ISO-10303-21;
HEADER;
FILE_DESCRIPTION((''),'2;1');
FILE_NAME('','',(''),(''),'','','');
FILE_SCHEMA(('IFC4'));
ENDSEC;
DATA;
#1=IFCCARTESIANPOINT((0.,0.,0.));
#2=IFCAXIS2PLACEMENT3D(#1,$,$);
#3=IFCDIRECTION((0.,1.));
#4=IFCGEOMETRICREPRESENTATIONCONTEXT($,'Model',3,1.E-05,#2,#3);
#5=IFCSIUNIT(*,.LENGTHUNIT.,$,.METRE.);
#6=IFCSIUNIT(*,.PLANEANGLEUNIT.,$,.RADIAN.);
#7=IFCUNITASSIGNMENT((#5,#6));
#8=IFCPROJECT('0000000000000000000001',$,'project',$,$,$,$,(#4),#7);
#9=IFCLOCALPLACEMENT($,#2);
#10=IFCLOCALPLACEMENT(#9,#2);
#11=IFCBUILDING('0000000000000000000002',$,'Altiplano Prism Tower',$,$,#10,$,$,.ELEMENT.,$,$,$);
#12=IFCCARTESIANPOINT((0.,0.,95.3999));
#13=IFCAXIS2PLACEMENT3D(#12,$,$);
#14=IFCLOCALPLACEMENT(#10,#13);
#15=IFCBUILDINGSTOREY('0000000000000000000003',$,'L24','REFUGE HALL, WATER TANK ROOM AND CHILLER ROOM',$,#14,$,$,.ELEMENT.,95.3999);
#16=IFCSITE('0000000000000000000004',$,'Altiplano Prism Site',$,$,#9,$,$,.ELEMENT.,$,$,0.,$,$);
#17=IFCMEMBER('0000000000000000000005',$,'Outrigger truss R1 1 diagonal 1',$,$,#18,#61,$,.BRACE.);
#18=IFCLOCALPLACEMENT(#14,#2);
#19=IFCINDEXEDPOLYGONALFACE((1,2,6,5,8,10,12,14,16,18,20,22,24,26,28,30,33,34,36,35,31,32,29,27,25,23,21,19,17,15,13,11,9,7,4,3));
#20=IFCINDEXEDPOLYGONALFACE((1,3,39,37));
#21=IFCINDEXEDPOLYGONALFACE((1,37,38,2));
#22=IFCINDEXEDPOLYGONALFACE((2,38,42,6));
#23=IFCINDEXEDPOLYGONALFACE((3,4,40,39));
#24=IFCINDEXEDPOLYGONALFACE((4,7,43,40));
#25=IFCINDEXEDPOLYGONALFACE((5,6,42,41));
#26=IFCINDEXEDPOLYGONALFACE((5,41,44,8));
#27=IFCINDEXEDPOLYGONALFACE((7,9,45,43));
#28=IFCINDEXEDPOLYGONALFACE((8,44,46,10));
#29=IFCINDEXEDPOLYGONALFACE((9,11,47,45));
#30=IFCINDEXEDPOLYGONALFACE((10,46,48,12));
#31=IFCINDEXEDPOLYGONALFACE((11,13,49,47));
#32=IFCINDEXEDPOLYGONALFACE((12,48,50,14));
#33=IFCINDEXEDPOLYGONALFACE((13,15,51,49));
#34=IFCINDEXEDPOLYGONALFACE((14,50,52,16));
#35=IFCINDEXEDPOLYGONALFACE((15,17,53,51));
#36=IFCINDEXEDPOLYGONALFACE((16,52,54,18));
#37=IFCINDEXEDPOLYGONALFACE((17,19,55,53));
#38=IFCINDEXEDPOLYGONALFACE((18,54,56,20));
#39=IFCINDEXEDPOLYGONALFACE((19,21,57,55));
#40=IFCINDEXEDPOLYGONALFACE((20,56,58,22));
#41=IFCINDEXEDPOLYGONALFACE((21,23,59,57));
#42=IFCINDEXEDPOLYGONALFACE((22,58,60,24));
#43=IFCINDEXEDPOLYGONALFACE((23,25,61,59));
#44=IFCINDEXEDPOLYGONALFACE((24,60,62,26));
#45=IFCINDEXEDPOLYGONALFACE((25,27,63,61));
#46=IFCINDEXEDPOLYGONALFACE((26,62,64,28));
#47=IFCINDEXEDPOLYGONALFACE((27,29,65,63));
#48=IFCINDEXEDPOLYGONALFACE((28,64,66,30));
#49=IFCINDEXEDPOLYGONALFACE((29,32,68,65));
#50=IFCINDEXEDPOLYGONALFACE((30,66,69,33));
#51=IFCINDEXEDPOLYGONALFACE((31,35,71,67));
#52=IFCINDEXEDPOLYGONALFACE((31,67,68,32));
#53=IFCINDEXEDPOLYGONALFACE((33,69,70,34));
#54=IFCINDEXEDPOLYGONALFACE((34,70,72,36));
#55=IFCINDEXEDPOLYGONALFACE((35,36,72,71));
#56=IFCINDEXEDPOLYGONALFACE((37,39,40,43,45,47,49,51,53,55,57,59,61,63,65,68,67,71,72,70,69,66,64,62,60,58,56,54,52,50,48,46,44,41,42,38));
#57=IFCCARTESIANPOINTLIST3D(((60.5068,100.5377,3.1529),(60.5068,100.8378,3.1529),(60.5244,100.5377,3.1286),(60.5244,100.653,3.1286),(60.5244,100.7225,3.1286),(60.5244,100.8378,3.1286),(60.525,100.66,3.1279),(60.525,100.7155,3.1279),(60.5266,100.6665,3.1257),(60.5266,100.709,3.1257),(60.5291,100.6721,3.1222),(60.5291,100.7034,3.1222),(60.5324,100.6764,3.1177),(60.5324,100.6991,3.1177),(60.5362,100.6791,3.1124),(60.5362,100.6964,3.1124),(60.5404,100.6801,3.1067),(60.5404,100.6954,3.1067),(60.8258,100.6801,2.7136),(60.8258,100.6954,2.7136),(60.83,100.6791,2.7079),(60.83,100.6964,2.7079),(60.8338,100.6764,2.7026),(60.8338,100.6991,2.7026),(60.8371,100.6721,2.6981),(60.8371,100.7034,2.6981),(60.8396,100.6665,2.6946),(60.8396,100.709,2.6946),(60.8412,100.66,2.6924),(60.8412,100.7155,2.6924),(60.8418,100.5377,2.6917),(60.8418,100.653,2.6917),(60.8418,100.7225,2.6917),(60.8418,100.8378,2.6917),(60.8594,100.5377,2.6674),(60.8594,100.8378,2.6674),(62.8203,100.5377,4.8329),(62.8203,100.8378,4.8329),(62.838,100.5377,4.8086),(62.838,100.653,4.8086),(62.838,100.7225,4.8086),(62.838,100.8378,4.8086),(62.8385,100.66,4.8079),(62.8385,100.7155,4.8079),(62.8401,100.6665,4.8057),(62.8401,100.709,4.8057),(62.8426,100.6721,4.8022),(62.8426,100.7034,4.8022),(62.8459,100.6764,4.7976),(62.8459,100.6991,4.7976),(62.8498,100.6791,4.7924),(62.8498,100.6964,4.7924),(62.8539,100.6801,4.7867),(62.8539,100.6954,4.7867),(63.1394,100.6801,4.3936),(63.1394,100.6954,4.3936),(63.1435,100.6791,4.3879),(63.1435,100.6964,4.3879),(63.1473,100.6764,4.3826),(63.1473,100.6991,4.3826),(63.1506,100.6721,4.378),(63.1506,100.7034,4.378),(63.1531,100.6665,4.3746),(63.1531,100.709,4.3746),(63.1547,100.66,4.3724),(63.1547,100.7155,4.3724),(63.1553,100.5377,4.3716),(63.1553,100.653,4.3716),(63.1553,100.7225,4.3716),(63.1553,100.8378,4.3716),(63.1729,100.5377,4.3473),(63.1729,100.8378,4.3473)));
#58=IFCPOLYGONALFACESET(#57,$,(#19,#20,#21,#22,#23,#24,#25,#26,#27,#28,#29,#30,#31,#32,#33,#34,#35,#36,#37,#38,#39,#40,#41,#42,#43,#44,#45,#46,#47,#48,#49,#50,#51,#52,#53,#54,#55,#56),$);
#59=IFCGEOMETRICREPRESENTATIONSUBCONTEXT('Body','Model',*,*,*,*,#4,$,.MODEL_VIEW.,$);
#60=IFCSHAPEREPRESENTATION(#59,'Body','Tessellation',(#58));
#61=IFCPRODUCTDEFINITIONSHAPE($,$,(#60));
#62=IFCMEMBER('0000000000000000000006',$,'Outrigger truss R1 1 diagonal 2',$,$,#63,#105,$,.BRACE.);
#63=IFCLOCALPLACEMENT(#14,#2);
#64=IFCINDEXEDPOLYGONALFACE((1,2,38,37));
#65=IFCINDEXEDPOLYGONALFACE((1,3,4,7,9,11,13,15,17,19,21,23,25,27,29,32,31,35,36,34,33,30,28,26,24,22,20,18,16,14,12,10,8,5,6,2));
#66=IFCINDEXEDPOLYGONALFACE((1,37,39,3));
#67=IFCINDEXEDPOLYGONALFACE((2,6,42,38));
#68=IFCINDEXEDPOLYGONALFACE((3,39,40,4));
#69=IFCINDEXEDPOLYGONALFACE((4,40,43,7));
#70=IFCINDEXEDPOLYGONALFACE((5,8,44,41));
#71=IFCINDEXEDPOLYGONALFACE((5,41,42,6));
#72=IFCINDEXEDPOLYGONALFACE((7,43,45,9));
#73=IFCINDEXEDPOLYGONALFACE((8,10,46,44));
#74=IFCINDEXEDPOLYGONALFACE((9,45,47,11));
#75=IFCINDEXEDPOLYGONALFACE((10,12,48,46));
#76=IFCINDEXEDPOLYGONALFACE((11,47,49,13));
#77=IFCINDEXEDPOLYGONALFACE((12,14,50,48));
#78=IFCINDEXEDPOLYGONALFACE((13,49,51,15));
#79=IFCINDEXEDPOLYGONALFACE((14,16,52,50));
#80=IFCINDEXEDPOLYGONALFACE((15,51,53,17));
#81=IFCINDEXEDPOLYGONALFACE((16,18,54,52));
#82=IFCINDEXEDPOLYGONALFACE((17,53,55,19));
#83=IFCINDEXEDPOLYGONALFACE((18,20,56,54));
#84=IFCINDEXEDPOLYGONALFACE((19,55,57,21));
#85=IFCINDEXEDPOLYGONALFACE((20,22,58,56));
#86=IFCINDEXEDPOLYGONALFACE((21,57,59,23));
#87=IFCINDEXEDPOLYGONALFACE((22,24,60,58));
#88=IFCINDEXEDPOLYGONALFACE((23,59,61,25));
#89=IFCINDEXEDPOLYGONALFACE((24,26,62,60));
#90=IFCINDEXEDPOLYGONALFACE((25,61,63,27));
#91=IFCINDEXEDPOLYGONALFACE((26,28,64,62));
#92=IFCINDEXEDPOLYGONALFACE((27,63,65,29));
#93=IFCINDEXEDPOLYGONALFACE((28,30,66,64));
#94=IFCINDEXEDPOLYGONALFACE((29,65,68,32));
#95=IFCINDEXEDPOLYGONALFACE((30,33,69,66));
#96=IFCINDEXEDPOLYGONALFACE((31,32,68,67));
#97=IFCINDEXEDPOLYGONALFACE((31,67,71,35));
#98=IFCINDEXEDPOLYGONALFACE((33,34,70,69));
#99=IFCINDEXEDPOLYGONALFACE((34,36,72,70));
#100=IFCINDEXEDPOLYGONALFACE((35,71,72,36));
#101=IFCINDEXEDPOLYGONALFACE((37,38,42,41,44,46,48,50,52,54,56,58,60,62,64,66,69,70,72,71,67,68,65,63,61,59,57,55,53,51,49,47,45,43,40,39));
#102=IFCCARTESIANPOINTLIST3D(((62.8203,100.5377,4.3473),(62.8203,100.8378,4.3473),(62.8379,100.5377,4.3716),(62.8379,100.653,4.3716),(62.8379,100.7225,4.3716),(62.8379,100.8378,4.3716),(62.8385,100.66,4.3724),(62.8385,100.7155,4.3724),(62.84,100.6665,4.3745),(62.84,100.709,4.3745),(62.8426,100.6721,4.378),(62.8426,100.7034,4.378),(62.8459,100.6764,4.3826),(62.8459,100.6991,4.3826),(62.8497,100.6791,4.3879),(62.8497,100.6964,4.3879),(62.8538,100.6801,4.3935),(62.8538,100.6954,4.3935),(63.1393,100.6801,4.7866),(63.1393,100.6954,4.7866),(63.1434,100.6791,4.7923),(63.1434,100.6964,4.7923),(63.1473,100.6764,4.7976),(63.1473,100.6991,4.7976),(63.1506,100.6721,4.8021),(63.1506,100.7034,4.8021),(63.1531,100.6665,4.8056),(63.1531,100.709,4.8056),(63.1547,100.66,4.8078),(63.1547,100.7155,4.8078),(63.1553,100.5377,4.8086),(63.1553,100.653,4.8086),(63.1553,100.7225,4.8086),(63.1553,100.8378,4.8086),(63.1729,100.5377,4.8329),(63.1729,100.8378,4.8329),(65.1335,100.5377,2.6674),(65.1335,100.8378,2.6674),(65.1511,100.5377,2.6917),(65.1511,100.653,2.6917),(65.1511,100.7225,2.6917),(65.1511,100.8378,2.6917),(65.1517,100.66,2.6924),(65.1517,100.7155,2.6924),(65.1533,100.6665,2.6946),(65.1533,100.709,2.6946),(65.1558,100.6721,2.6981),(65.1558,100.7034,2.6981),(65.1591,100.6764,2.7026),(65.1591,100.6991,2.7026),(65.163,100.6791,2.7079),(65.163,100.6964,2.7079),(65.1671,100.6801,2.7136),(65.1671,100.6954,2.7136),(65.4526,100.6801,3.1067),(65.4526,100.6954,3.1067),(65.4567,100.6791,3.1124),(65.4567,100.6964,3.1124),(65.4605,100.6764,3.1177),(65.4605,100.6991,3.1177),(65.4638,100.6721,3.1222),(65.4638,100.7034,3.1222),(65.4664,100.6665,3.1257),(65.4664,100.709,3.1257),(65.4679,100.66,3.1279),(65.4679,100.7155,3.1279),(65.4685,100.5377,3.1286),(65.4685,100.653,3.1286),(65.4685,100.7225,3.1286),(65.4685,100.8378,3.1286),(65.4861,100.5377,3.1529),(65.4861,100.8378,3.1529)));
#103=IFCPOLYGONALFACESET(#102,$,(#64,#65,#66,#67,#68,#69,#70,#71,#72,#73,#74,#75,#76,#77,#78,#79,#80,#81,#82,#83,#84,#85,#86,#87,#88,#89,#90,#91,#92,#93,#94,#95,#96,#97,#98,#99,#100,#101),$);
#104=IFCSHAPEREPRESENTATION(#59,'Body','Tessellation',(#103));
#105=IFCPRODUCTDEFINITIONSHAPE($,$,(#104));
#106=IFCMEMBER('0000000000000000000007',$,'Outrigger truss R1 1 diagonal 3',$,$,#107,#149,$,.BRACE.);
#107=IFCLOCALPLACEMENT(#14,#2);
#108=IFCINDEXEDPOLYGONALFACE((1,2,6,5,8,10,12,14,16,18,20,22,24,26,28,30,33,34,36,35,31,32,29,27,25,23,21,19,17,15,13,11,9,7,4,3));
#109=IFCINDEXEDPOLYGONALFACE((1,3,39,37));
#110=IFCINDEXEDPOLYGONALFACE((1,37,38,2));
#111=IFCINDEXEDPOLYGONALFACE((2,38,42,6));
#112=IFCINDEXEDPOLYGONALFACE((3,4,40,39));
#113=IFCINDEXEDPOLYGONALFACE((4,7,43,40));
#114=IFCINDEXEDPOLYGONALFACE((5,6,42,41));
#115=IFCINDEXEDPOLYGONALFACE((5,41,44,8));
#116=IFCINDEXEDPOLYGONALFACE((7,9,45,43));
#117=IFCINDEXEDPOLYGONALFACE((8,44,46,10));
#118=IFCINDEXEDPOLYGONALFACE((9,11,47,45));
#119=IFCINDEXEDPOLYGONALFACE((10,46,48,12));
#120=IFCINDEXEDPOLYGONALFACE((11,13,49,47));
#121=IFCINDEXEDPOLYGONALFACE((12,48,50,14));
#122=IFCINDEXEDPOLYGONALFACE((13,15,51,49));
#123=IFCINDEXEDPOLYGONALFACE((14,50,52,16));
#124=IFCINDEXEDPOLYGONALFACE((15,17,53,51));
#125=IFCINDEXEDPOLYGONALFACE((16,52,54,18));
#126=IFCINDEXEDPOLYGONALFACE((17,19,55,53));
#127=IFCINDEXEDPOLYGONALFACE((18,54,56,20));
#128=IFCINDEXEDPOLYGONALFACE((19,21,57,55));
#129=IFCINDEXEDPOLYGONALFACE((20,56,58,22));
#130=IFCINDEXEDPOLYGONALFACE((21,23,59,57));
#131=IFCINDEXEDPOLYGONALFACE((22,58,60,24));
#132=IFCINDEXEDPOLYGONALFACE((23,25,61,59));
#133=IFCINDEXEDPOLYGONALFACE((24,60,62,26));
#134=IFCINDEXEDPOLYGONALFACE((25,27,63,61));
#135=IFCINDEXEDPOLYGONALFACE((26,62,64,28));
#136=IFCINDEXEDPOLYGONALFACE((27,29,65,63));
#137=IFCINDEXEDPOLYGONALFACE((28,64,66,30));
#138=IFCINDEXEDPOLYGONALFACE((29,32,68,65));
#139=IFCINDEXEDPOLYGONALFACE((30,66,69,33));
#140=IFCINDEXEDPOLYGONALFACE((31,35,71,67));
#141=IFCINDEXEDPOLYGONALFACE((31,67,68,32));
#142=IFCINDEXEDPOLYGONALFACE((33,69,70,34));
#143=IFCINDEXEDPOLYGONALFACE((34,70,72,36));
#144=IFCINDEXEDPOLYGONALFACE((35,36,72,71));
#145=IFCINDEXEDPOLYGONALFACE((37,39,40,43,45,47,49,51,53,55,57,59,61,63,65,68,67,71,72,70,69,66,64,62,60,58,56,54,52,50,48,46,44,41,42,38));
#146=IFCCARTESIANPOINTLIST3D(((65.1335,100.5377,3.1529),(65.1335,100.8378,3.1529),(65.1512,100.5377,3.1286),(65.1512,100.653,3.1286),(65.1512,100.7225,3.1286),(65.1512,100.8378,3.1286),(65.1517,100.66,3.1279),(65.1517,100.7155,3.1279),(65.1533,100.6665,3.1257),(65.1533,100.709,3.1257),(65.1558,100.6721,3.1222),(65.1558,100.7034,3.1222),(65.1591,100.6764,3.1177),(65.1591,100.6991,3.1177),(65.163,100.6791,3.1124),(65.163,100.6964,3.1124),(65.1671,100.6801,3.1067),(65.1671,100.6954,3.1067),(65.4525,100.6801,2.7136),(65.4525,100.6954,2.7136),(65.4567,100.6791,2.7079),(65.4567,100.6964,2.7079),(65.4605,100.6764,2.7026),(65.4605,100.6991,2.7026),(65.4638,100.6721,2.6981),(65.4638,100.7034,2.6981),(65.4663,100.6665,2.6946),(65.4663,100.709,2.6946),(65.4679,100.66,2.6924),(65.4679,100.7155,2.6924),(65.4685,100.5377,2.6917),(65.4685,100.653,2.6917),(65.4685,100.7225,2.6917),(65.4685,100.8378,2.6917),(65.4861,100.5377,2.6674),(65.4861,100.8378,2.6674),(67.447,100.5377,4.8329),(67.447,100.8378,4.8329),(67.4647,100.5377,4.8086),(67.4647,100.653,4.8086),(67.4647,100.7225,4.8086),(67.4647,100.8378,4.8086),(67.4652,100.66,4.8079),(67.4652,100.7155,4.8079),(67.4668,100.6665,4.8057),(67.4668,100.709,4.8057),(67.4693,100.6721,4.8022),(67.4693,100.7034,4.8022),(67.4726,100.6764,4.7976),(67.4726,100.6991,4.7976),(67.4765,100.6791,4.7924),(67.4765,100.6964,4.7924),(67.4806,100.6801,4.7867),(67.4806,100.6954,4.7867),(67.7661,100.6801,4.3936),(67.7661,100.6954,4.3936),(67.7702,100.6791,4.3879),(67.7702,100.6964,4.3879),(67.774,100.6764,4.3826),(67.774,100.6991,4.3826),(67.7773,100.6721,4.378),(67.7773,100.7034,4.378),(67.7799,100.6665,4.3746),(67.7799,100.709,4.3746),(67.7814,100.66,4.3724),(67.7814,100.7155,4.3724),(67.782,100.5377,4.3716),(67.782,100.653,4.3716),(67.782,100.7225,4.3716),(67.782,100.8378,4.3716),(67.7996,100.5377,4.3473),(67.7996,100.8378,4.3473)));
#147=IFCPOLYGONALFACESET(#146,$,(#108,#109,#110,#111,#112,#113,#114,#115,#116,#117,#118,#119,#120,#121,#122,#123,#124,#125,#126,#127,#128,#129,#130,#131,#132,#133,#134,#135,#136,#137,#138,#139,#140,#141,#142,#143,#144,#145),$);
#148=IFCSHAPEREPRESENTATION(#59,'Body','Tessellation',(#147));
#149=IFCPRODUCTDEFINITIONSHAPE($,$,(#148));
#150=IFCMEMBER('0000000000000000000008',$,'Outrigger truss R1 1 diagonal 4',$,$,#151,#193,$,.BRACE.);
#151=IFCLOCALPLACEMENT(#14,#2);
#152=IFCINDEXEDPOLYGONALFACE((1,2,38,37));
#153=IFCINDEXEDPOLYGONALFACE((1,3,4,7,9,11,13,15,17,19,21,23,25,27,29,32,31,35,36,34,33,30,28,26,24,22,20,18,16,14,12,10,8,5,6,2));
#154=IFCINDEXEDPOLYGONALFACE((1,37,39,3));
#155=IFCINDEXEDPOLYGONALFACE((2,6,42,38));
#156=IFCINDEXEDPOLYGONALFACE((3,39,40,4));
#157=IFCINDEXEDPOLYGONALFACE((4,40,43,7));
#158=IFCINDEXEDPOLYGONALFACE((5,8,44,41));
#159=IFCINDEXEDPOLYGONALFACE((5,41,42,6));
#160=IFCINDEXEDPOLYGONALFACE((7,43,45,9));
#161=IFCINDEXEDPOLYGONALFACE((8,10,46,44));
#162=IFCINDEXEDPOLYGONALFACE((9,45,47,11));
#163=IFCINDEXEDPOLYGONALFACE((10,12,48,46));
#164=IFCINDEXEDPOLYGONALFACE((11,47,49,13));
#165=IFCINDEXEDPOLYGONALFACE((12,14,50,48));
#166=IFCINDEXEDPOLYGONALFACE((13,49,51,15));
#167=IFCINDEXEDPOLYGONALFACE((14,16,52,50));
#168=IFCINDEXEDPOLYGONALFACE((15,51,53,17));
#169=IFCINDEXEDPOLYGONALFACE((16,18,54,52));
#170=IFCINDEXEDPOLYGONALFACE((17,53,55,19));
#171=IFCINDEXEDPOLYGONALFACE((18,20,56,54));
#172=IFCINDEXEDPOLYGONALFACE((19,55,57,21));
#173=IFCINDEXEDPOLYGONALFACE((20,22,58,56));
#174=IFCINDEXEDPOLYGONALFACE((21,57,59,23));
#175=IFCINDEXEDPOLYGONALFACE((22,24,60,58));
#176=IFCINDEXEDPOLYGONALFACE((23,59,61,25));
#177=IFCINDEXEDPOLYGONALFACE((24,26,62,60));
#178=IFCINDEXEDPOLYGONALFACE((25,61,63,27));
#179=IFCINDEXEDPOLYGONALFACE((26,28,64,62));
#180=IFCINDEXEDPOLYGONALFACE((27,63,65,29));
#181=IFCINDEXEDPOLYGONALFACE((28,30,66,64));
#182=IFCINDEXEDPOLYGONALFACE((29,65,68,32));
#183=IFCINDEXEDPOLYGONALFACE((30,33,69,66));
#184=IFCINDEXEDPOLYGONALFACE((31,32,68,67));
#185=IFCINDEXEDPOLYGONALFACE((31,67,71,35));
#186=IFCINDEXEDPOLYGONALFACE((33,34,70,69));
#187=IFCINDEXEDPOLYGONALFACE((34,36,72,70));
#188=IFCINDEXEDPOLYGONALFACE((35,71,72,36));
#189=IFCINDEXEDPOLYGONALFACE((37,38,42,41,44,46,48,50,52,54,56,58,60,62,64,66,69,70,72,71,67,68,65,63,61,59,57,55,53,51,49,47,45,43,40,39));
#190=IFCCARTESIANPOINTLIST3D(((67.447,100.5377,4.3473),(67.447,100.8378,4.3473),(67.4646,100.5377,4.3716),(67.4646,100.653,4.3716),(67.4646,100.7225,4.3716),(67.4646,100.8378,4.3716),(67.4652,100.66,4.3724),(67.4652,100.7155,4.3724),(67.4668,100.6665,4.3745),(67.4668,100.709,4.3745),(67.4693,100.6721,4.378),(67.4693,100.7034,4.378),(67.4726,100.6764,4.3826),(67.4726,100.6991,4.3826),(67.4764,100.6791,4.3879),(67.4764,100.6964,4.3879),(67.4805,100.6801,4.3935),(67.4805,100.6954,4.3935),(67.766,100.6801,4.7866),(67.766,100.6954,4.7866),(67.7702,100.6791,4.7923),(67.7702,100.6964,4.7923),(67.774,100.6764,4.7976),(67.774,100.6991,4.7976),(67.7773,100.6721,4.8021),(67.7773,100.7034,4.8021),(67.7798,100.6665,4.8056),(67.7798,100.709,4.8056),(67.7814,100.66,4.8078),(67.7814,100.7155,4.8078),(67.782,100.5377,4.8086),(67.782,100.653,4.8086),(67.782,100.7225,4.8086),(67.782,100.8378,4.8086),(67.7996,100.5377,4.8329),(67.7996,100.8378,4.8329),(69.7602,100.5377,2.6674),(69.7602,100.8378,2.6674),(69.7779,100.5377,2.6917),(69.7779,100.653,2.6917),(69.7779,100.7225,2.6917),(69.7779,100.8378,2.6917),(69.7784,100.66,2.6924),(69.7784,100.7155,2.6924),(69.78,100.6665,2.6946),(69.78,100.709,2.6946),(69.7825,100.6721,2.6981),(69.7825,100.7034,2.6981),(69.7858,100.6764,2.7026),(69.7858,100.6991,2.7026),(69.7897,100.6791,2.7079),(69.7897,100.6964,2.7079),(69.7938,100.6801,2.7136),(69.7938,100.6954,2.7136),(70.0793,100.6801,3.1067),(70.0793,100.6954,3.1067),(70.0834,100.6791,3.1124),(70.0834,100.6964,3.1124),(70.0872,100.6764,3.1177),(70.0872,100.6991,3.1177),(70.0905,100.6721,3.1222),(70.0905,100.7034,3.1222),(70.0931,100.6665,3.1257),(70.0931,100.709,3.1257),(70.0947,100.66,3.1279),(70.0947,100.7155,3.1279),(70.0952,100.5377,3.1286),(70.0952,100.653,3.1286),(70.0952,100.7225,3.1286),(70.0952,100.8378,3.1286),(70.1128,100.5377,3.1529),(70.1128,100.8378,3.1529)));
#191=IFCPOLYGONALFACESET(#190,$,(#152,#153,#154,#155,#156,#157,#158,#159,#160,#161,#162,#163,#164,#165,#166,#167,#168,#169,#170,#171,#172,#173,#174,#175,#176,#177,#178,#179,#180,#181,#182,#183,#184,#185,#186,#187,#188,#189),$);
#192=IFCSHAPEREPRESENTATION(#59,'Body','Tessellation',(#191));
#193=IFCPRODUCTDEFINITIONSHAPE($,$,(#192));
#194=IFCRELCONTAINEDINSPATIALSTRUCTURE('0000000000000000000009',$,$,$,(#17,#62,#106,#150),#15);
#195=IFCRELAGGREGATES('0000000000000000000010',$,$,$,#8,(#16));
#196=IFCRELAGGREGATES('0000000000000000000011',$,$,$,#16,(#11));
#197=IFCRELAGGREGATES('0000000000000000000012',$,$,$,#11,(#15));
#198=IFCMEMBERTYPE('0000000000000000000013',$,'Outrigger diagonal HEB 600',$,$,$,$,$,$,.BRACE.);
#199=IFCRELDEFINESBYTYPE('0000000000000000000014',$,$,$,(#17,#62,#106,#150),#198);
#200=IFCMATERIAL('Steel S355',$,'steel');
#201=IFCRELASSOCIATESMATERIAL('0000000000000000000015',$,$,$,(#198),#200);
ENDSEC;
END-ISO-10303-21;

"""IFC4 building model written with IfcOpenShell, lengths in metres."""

from ifc_helpers import new_model, si_unit, direction, frame, origin, origin_2d, place, context, subcontext, project, spatial, i_section, extrude, material, material_profile, profile_set, type_object, element, save


model = new_model("IFC4")

# Units and contexts
model_context = context("Model", 3, precision=1e-05, world=origin(), true_north=direction((0.0, 1.0)))
body_context = subcontext(model_context, "Body", "Model", "MODEL_VIEW")
ifc_project = project(units=[si_unit("LENGTHUNIT", "METRE"), si_unit("PLANEANGLEUNIT", "RADIAN")], contexts=[model_context])

# Site, building, storey
site_placement = place(None, origin())
site = spatial("IfcSite", under=ifc_project, at=site_placement, Name="Altiplano Prism Site", CompositionType="ELEMENT", RefElevation=0.0)
building_placement = place(site_placement, origin())
building = spatial("IfcBuilding", under=site, at=building_placement, Name="Altiplano Prism Tower", CompositionType="ELEMENT")
storey_placement = place(building_placement, frame((0.0, 0.0, 95.3999)))
storey = spatial("IfcBuildingStorey", under=building, at=storey_placement, Name="L24", Description="REFUGE HALL, WATER TANK ROOM AND CHILLER ROOM", CompositionType="ELEMENT", Elevation=95.3999)

# Members
ifc_material_1 = material(Name="Steel S355", Category="steel")
ifc_material_profile_1 = material_profile(ifc_material_1, i_section(OverallWidth=0.3, OverallDepth=0.6001, WebThickness=0.0154, FlangeThickness=0.03, FilletRadius=0.0271, at=origin_2d()), Name="Outrigger diagonal HEB 600")
ifc_profile_set_1 = profile_set([ifc_material_profile_1], Name="Steel S355")
member_type_1 = type_object("IfcMemberType", Name="Outrigger diagonal HEB 600", PredefinedType="BRACE", material=ifc_profile_set_1)
member_1_placement = place(storey_placement, frame((60.6831, 100.6877, 2.9102), z_axis=(0.809168, 0.0, 0.587577), x_axis=(0.0, 1.0, 0.0)))
element("IfcMember", 1, at=member_1_placement, inside=storey, type_object=member_type_1, Name="Outrigger truss R1 1 diagonal 1", PredefinedType="BRACE", context=body_context, shape_type="SweptSolid", body=[
    extrude(i_section(OverallWidth=0.3, OverallDepth=0.6001, WebThickness=0.0154, FlangeThickness=0.03, FilletRadius=0.0271, at=origin_2d()), origin(), (0.0, 0.0, 1.0), 2.8591),
])
member_2_placement = place(storey_placement, frame((62.9966, 100.6877, 4.5901), z_axis=(0.809138, 0.0, -0.587618), x_axis=(0.0, 1.0, 0.0)))
element("IfcMember", 2, at=member_2_placement, inside=storey, type_object=member_type_1, Name="Outrigger truss R1 1 diagonal 2", PredefinedType="BRACE", context=body_context, shape_type="SweptSolid", body=[
    extrude(i_section(OverallWidth=0.3, OverallDepth=0.6001, WebThickness=0.0154, FlangeThickness=0.03, FilletRadius=0.0271, at=origin_2d()), origin(), (0.0, 0.0, 1.0), 2.8589),
])
member_3_placement = place(storey_placement, frame((65.3098, 100.6877, 2.9102), z_axis=(0.809168, 0.0, 0.587577), x_axis=(0.0, 1.0, 0.0)))
element("IfcMember", 3, at=member_3_placement, inside=storey, type_object=member_type_1, Name="Outrigger truss R1 1 diagonal 3", PredefinedType="BRACE", context=body_context, shape_type="SweptSolid", body=[
    extrude(i_section(OverallWidth=0.3, OverallDepth=0.6001, WebThickness=0.0154, FlangeThickness=0.03, FilletRadius=0.0271, at=origin_2d()), origin(), (0.0, 0.0, 1.0), 2.8591),
])
member_4_placement = place(storey_placement, frame((67.6233, 100.6877, 4.5901), z_axis=(0.809138, 0.0, -0.587618), x_axis=(0.0, 1.0, 0.0)))
element("IfcMember", 4, at=member_4_placement, inside=storey, type_object=member_type_1, Name="Outrigger truss R1 1 diagonal 4", PredefinedType="BRACE", context=body_context, shape_type="SweptSolid", body=[
    extrude(i_section(OverallWidth=0.3, OverallDepth=0.6001, WebThickness=0.0154, FlangeThickness=0.03, FilletRadius=0.0271, at=origin_2d()), origin(), (0.0, 0.0, 1.0), 2.8589),
])

save(model, "model.ifc")
